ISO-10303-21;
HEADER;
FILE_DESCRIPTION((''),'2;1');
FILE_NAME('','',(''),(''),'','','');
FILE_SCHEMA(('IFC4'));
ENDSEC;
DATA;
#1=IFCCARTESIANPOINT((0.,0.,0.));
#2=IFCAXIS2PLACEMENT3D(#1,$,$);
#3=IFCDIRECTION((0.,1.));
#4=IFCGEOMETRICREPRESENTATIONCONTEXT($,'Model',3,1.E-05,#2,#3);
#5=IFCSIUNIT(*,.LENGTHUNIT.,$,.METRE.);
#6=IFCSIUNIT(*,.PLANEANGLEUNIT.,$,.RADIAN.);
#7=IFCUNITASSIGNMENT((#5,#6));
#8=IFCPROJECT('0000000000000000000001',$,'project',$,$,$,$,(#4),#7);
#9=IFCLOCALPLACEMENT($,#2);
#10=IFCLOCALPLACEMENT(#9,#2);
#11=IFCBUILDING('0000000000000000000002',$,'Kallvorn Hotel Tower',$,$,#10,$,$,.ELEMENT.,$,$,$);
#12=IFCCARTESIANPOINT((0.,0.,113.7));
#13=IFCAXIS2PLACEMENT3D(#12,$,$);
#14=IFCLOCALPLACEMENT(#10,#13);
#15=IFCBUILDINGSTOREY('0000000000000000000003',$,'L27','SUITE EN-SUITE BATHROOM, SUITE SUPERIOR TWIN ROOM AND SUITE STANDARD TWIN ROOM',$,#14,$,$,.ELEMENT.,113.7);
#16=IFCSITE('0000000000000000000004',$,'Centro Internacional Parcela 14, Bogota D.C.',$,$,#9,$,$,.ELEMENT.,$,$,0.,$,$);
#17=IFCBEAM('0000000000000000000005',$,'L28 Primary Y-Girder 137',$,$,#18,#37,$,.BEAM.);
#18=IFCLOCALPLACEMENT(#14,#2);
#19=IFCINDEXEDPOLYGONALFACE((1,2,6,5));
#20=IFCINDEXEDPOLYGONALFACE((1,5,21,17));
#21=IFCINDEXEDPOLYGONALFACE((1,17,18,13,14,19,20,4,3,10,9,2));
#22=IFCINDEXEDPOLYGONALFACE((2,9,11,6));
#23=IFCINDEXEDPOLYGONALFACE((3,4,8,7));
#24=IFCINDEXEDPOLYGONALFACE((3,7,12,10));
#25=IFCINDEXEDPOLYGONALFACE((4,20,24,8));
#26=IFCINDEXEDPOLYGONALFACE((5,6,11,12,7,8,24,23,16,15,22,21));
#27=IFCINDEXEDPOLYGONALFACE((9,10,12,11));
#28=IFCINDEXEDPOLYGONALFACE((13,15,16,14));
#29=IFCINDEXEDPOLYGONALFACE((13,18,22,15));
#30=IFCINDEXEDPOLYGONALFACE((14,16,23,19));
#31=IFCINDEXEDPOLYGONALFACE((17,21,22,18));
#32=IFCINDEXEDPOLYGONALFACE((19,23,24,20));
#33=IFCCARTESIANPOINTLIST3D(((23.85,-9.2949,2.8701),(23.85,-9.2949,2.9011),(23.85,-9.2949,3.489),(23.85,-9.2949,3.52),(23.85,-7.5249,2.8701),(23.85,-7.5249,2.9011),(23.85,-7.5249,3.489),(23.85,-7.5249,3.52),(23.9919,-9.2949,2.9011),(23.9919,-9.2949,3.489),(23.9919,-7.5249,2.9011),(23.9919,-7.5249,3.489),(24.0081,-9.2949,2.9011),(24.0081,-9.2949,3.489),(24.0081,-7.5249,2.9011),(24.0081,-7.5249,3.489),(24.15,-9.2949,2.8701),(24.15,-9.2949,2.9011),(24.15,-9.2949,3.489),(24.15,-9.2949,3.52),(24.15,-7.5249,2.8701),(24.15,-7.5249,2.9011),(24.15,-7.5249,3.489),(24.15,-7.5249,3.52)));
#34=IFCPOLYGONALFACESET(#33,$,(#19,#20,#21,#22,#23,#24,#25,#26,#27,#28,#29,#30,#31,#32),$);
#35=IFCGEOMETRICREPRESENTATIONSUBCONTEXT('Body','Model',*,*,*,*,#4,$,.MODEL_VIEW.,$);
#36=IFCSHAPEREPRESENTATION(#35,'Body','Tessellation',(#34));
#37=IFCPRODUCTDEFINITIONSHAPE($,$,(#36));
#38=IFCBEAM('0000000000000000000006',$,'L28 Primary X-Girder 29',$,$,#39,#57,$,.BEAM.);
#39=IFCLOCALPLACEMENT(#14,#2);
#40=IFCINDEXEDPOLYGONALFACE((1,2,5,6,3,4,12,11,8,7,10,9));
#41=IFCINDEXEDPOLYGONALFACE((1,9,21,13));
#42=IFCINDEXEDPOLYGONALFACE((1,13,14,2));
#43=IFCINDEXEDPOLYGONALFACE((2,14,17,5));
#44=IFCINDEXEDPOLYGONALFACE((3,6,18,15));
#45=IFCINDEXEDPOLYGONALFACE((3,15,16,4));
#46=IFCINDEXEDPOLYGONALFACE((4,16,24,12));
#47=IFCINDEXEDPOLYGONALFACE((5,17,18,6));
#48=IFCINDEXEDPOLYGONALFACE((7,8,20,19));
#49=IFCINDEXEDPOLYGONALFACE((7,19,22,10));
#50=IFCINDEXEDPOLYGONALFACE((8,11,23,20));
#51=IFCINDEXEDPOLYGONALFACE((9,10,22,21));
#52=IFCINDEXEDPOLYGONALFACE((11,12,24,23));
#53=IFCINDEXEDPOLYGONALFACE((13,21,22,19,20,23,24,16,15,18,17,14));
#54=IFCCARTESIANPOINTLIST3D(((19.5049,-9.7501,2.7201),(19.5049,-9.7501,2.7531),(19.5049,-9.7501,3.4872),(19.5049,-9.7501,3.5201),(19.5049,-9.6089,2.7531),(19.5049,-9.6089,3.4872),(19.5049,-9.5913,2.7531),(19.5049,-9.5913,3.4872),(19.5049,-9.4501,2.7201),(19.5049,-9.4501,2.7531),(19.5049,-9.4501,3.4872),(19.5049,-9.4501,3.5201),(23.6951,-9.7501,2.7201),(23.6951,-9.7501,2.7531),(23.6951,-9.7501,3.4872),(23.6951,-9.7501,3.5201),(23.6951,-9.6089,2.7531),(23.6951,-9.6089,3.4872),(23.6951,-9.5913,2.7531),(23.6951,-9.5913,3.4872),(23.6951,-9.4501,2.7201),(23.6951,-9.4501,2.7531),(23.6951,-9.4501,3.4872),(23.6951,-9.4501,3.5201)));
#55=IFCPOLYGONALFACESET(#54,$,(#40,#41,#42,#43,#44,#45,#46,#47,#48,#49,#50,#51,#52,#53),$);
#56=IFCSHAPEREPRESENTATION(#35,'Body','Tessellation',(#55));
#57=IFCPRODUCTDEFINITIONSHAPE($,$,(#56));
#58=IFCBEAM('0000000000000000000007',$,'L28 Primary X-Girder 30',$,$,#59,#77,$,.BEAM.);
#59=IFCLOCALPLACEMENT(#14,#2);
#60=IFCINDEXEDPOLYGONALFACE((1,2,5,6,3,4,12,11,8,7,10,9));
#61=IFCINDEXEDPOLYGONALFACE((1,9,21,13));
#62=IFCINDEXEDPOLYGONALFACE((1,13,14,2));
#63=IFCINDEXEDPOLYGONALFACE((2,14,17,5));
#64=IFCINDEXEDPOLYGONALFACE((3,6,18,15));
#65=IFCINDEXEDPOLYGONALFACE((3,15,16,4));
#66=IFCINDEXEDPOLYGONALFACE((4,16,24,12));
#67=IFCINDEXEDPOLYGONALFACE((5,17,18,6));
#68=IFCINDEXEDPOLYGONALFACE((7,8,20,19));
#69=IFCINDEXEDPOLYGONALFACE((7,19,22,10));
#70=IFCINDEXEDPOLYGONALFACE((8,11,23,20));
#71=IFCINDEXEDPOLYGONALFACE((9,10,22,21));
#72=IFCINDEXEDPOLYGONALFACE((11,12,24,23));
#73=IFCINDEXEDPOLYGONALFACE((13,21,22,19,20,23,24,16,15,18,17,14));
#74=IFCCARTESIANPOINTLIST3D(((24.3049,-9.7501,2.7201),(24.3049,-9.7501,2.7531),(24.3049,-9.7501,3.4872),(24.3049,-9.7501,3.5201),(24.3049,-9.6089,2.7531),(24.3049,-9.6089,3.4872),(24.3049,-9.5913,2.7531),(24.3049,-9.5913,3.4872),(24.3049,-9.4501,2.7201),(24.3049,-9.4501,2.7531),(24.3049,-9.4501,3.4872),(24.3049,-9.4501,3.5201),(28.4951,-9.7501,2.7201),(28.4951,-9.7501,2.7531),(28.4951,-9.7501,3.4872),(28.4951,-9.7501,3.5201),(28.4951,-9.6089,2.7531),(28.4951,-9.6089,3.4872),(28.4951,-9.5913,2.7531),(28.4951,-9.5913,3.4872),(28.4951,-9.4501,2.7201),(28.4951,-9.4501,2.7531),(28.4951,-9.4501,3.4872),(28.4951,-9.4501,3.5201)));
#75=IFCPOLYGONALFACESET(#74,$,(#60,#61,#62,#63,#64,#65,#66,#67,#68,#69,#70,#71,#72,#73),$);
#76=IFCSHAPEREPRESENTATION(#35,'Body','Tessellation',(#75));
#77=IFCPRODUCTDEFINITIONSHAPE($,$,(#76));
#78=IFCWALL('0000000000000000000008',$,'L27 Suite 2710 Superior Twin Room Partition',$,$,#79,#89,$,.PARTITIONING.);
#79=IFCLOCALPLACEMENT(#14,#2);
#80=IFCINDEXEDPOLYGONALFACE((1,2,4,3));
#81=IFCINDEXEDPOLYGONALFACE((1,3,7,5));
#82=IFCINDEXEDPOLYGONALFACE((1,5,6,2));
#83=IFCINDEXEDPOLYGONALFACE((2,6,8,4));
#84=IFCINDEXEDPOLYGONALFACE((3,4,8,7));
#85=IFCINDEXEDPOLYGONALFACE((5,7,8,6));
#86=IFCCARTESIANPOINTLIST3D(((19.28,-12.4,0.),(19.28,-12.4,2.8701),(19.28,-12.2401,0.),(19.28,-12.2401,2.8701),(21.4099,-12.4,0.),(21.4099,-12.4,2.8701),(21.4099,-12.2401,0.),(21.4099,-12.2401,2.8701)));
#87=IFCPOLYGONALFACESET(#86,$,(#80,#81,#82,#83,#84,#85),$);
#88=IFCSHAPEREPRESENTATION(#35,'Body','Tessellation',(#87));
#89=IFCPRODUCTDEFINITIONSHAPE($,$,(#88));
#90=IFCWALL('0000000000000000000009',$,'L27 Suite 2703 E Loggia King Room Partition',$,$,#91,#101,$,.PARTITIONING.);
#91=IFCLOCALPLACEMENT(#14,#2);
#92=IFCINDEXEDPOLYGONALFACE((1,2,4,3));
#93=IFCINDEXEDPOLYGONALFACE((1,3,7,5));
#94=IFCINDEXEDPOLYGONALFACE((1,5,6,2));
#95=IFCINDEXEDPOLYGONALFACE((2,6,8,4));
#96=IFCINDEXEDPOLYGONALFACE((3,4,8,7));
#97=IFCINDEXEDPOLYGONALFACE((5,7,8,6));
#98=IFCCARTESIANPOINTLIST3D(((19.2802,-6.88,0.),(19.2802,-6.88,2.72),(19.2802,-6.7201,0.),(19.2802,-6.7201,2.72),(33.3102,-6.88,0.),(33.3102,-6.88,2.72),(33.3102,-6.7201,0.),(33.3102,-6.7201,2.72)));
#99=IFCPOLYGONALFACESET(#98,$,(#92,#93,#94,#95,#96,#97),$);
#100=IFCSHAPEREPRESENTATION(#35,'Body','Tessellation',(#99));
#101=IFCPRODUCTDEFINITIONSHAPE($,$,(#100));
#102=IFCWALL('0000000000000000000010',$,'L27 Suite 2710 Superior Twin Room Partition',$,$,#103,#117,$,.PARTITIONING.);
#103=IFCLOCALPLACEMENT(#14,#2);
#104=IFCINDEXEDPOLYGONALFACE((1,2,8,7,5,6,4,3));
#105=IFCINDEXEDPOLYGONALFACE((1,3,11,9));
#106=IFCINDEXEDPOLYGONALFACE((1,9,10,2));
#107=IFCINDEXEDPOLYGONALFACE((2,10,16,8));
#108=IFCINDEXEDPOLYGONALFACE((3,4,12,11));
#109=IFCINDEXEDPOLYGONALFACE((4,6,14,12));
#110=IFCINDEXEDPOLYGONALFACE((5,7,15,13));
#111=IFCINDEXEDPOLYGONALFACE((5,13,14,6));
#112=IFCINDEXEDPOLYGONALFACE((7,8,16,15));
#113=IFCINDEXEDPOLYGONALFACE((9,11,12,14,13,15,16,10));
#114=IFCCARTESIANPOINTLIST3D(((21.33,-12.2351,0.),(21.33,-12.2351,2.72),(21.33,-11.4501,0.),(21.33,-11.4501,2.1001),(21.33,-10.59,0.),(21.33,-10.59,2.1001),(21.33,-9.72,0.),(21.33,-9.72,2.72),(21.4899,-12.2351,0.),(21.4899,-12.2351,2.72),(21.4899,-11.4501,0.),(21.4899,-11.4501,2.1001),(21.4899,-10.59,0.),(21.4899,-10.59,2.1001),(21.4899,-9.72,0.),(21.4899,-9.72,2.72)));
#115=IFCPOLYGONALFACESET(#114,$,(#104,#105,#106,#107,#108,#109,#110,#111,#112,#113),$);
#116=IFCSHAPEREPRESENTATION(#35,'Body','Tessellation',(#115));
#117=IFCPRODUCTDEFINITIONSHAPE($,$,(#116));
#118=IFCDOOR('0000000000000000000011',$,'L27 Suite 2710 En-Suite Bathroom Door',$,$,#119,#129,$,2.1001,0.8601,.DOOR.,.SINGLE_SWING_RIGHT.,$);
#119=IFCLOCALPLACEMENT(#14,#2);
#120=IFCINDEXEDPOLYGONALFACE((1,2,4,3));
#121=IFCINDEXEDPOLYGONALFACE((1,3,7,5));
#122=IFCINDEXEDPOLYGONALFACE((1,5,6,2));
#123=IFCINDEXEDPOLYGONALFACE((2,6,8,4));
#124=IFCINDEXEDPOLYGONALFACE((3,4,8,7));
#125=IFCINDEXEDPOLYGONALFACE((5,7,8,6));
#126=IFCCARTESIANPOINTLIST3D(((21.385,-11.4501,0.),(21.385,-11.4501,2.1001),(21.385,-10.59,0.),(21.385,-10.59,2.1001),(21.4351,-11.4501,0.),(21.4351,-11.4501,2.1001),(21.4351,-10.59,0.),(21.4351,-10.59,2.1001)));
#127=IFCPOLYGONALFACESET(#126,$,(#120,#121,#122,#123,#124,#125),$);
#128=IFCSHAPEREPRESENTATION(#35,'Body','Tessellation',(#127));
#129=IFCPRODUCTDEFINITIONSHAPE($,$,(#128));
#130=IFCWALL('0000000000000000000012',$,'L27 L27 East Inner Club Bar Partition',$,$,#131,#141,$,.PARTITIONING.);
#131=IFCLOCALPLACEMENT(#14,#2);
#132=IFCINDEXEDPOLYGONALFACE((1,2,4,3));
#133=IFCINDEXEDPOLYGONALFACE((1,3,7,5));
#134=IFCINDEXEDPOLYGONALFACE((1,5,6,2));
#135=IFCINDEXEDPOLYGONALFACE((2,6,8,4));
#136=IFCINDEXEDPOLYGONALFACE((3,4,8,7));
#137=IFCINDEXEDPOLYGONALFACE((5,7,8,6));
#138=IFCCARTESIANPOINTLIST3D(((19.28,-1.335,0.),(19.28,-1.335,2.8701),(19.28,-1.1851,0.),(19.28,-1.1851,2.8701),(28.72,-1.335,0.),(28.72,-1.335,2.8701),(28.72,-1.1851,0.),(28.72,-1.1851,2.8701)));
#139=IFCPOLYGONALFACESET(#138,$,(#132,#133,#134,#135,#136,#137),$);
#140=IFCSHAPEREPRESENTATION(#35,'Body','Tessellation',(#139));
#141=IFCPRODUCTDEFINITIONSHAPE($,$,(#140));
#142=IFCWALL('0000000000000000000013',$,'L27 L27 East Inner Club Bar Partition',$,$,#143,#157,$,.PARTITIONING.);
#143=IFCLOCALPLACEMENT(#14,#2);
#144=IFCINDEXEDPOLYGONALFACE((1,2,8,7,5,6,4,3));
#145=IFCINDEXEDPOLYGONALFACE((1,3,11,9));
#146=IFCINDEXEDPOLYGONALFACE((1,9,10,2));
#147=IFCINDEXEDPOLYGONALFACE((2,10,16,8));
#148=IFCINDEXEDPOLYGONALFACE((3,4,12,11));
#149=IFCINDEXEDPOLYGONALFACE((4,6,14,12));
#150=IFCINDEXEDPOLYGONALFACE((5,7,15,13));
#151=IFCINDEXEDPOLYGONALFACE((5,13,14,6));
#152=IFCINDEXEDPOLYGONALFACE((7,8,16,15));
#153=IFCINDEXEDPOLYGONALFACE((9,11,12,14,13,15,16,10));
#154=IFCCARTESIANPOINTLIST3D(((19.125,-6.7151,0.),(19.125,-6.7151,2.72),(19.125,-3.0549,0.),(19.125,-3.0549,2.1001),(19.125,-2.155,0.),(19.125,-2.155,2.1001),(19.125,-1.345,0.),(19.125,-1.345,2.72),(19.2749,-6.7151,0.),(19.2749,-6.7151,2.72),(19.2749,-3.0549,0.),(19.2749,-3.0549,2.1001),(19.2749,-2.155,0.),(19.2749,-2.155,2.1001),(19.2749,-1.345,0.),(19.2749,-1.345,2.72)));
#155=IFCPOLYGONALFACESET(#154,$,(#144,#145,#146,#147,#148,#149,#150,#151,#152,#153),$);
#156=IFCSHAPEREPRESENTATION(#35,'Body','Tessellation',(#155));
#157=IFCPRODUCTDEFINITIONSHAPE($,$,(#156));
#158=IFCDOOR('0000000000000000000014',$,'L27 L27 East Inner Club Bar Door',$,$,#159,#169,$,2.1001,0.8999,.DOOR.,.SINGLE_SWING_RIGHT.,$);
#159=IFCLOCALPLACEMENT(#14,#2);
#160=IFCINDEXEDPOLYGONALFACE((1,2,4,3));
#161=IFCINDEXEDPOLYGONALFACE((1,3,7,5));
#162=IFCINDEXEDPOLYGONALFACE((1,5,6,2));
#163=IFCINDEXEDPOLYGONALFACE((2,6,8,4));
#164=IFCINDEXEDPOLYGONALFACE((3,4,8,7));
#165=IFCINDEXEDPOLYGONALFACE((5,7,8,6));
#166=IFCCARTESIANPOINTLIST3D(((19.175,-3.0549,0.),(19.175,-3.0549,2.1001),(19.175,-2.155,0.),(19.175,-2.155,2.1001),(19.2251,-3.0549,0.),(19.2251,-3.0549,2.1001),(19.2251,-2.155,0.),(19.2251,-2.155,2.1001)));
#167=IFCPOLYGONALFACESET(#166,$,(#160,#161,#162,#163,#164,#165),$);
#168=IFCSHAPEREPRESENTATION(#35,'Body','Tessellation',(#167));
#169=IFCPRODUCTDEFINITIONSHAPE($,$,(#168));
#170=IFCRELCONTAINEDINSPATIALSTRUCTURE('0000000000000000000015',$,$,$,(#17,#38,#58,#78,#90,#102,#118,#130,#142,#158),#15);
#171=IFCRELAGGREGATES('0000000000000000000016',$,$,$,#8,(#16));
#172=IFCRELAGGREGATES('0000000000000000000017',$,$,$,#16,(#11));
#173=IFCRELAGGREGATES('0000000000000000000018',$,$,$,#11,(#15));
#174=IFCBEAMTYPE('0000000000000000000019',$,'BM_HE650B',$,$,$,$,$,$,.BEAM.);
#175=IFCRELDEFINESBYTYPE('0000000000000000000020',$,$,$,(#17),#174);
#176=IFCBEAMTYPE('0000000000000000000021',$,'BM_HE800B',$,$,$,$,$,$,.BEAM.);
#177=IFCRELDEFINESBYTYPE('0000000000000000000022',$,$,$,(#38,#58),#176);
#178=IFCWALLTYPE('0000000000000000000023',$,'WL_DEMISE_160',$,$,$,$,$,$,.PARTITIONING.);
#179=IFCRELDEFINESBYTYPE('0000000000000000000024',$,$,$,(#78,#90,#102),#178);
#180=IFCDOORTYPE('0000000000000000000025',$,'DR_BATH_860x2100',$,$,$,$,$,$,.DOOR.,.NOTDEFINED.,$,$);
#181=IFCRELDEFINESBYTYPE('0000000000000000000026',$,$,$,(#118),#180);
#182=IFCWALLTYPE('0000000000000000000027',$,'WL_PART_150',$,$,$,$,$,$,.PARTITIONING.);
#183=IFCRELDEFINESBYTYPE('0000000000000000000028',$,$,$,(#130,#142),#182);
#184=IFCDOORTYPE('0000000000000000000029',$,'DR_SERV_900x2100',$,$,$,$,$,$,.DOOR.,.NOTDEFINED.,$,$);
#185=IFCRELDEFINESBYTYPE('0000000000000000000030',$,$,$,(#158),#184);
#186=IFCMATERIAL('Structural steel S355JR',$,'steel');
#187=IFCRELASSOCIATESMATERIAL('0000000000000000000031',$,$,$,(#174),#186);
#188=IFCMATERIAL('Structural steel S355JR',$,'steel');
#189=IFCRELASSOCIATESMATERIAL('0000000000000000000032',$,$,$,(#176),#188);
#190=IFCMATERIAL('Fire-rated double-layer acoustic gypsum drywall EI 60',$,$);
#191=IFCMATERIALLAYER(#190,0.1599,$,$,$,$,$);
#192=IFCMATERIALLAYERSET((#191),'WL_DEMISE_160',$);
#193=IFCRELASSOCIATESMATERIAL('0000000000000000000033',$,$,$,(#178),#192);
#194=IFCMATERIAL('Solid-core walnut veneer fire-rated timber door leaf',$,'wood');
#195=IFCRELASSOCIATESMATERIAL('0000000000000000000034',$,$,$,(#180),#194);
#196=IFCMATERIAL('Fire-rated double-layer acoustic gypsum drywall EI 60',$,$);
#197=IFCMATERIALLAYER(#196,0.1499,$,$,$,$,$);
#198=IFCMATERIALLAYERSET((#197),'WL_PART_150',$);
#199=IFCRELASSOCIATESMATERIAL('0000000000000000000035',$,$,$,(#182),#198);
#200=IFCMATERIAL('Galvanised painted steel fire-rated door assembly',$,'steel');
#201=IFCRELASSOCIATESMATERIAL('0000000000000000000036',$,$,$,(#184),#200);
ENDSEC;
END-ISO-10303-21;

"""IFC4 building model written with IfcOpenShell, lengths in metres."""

from ifc_helpers import new_model, si_unit, direction, frame, frame_2d, origin, origin_2d, place, context, subcontext, project, spatial, rectangle, i_section, extrude, material, layer, layer_set, material_profile, profile_set, type_object, element, fill, save


model = new_model("IFC4")

# Units and contexts
model_context = context("Model", 3, precision=1e-05, world=origin(), true_north=direction((0.0, 1.0)))
body_context = subcontext(model_context, "Body", "Model", "MODEL_VIEW")
ifc_project = project(units=[si_unit("LENGTHUNIT", "METRE"), si_unit("PLANEANGLEUNIT", "RADIAN")], contexts=[model_context])

# Site, building, storey
site_placement = place(None, origin())
site = spatial("IfcSite", under=ifc_project, at=site_placement, Name="Centro Internacional Parcela 14, Bogota D.C.", CompositionType="ELEMENT", RefElevation=0.0)
building_placement = place(site_placement, origin())
building = spatial("IfcBuilding", under=site, at=building_placement, Name="Kallvorn Hotel Tower", CompositionType="ELEMENT")
storey_placement = place(building_placement, frame((0.0, 0.0, 113.7)))
storey = spatial("IfcBuildingStorey", under=building, at=storey_placement, Name="L27", Description="SUITE EN-SUITE BATHROOM, SUITE SUPERIOR TWIN ROOM AND SUITE STANDARD TWIN ROOM", CompositionType="ELEMENT", Elevation=113.7)

# Beams
ifc_material_1 = material(Name="Structural steel S355JR", Category="steel")
ifc_material_profile_1 = material_profile(ifc_material_1, i_section(OverallWidth=0.3, OverallDepth=0.6499, WebThickness=0.0161, FlangeThickness=0.031, at=origin_2d()), Name="HE 650 B")
ifc_profile_set_1 = profile_set([ifc_material_profile_1], Name="Structural steel S355JR")
beam_type_1 = type_object("IfcBeamType", Name="BM_HE650B", PredefinedType="BEAM", material=ifc_profile_set_1)
beam_placement = place(storey_placement, frame((24.0, -9.2949, 3.1951), z_axis=(0.0, 1.0, 0.0), x_axis=(-1.0, 0.0, 0.0)))
element("IfcBeam", 1, at=beam_placement, inside=storey, type_object=beam_type_1, Name="L28 Primary Y-Girder 137", PredefinedType="BEAM", context=body_context, shape_type="SweptSolid", body=[
    extrude(i_section(OverallWidth=0.3, OverallDepth=0.6499, WebThickness=0.0161, FlangeThickness=0.031, at=origin_2d()), origin(), (0.0, 0.0, 1.0), 1.77),
])
ifc_material_2 = material(Name="Structural steel S355JR", Category="steel")
ifc_material_profile_2 = material_profile(ifc_material_2, i_section(OverallWidth=0.3, OverallDepth=0.8, WebThickness=0.0176, FlangeThickness=0.033, at=origin_2d()), Name="HE 800 B")
ifc_profile_set_2 = profile_set([ifc_material_profile_2], Name="Structural steel S355JR")
beam_type_2 = type_object("IfcBeamType", Name="BM_HE800B", PredefinedType="BEAM", material=ifc_profile_set_2)
for number, where, z_axis, x_axis, name in (
    (2, (19.5049, -9.6001, 3.1201), (1.0, 0.0, 0.0), (0.0, 1.0, 0.0), "L28 Primary X-Girder 29"),
    (3, (24.3049, -9.6001, 3.1201), (1.0, 0.0, 0.0), (0.0, 1.0, 0.0), "L28 Primary X-Girder 30"),
):
    element("IfcBeam", number, at=place(storey_placement, frame(where, z_axis=z_axis, x_axis=x_axis)), inside=storey, type_object=beam_type_2, Name=name, PredefinedType="BEAM", context=body_context, shape_type="SweptSolid", body=[
        extrude(i_section(OverallWidth=0.3, OverallDepth=0.8, WebThickness=0.0176, FlangeThickness=0.033, at=origin_2d()), origin(), (0.0, 0.0, 1.0), 4.1902),
    ])

# Walls
ifc_material_3 = material(Name="Fire-rated double-layer acoustic gypsum drywall EI 60")
ifc_layer_1 = layer(ifc_material_3, 0.1599)
ifc_layer_set_1 = layer_set([ifc_layer_1], Name="WL_DEMISE_160")
wall_type_1 = type_object("IfcWallType", Name="WL_DEMISE_160", PredefinedType="PARTITIONING", material=ifc_layer_set_1)
wall_1_placement = place(storey_placement, frame((19.28, -12.3201, 0.0), z_axis=(0.0, 0.0, 1.0), x_axis=(1.0, 0.0, 0.0)))
element("IfcWall", 4, at=wall_1_placement, inside=storey, type_object=wall_type_1, Name="L27 Suite 2710 Superior Twin Room Partition", PredefinedType="PARTITIONING", context=body_context, shape_type="SweptSolid", body=[
    extrude(rectangle(XDim=2.1299, YDim=0.1599, at=frame_2d((1.0649, 0.0))), origin(), (0.0, 0.0, 1.0), 2.8701),
])
wall_2_placement = place(storey_placement, frame((19.28, -6.8, 0.0), z_axis=(0.0, 0.0, 1.0), x_axis=(1.0, 0.0, 0.0)))
element("IfcWall", 5, at=wall_2_placement, inside=storey, type_object=wall_type_1, Name="L27 Suite 2703 E Loggia King Room Partition", PredefinedType="PARTITIONING", context=body_context, shape_type="SweptSolid", body=[
    extrude(rectangle(XDim=14.03, YDim=0.1599, at=frame_2d((7.0151, 0.0))), origin(), (0.0, 0.0, 1.0), 2.72),
])

# Wall, opening, door
wall_3_placement = place(storey_placement, frame((21.4099, -12.2351, 0.0), z_axis=(0.0, 0.0, 1.0), x_axis=(0.0, 1.0, 0.0)))
wall_3 = element("IfcWall", 6, at=wall_3_placement, inside=storey, type_object=wall_type_1, Name="L27 Suite 2710 Superior Twin Room Partition", PredefinedType="PARTITIONING", context=body_context, shape_type="SweptSolid", body=[
    extrude(rectangle(XDim=2.5151, YDim=0.1599, at=frame_2d((1.2576, 0.0))), origin(), (0.0, 0.0, 1.0), 2.72),
])
opening_1_placement = place(wall_3_placement, frame((0.7849, 0.0, 0.0)))
opening_1 = element("IfcOpeningElement", 7, at=opening_1_placement, cuts=wall_3, PredefinedType="OPENING", context=body_context, shape_type="SweptSolid", body=[
    extrude(rectangle(XDim=0.8601, YDim=2.1001, at=frame_2d((0.4302, 1.05))), frame((0.0, 0.095, 0.0), z_axis=(0.0, -1.0, 0.0), x_axis=(1.0, 0.0, 0.0)), (0.0, 0.0, 1.0), 0.1899),
])
ifc_material_4 = material(Name="Solid-core walnut veneer fire-rated timber door leaf", Category="wood")
door_type_1 = type_object("IfcDoorType", Name="DR_BATH_860x2100", OperationType="NOTDEFINED", PredefinedType="DOOR", material=ifc_material_4)
door_1_placement = place(opening_1_placement, origin())
door_1 = element("IfcDoor", 8, at=door_1_placement, inside=storey, type_object=door_type_1, Name="L27 Suite 2710 En-Suite Bathroom Door", OperationType="SINGLE_SWING_RIGHT", OverallHeight=2.1001, OverallWidth=0.8601, PredefinedType="DOOR", context=body_context, shape_type="SweptSolid", body=[
    extrude(rectangle(XDim=0.8601, YDim=2.1001, at=frame_2d((0.4302, 1.05))), frame((0.0, 0.0249, 0.0), z_axis=(0.0, -1.0, 0.0), x_axis=(1.0, 0.0, 0.0)), (0.0, 0.0, 1.0), 0.05),
])
fill(opening_1, door_1)

# Wall
ifc_material_5 = material(Name="Fire-rated double-layer acoustic gypsum drywall EI 60")
ifc_layer_2 = layer(ifc_material_5, 0.1499)
ifc_layer_set_2 = layer_set([ifc_layer_2], Name="WL_PART_150")
wall_type_2 = type_object("IfcWallType", Name="WL_PART_150", PredefinedType="PARTITIONING", material=ifc_layer_set_2)
wall_4_placement = place(storey_placement, frame((19.28, -1.26, 0.0), z_axis=(0.0, 0.0, 1.0), x_axis=(1.0, 0.0, 0.0)))
element("IfcWall", 9, at=wall_4_placement, inside=storey, type_object=wall_type_2, Name="L27 L27 East Inner Club Bar Partition", PredefinedType="PARTITIONING", context=body_context, shape_type="SweptSolid", body=[
    extrude(rectangle(XDim=9.4399, YDim=0.1499, at=frame_2d((4.72, 0.0))), origin(), (0.0, 0.0, 1.0), 2.8701),
])

# Wall, opening, door
wall_5_placement = place(storey_placement, frame((19.2, -6.7151, 0.0), z_axis=(0.0, 0.0, 1.0), x_axis=(0.0, 1.0, 0.0)))
wall_5 = element("IfcWall", 10, at=wall_5_placement, inside=storey, type_object=wall_type_2, Name="L27 L27 East Inner Club Bar Partition", PredefinedType="PARTITIONING", context=body_context, shape_type="SweptSolid", body=[
    extrude(rectangle(XDim=5.3701, YDim=0.1499, at=frame_2d((2.6851, 0.0))), origin(), (0.0, 0.0, 1.0), 2.72),
])
opening_2_placement = place(wall_5_placement, frame((3.6602, 0.0, 0.0)))
opening_2 = element("IfcOpeningElement", 11, at=opening_2_placement, cuts=wall_5, PredefinedType="OPENING", context=body_context, shape_type="SweptSolid", body=[
    extrude(rectangle(XDim=0.8999, YDim=2.1001, at=frame_2d((0.45, 1.05))), frame((0.0, 0.0898, 0.0), z_axis=(0.0, -1.0, 0.0), x_axis=(1.0, 0.0, 0.0)), (0.0, 0.0, 1.0), 0.1799),
])
ifc_material_6 = material(Name="Galvanised painted steel fire-rated door assembly", Category="steel")
door_type_2 = type_object("IfcDoorType", Name="DR_SERV_900x2100", OperationType="NOTDEFINED", PredefinedType="DOOR", material=ifc_material_6)
door_2_placement = place(opening_2_placement, origin())
door_2 = element("IfcDoor", 12, at=door_2_placement, inside=storey, type_object=door_type_2, Name="L27 L27 East Inner Club Bar Door", OperationType="SINGLE_SWING_RIGHT", OverallHeight=2.1001, OverallWidth=0.8999, PredefinedType="DOOR", context=body_context, shape_type="SweptSolid", body=[
    extrude(rectangle(XDim=0.8999, YDim=2.1001, at=frame_2d((0.45, 1.05))), frame((0.0, 0.0249, 0.0), z_axis=(0.0, -1.0, 0.0), x_axis=(1.0, 0.0, 0.0)), (0.0, 0.0, 1.0), 0.05),
])
fill(opening_2, door_2)

save(model, "model.ifc")
